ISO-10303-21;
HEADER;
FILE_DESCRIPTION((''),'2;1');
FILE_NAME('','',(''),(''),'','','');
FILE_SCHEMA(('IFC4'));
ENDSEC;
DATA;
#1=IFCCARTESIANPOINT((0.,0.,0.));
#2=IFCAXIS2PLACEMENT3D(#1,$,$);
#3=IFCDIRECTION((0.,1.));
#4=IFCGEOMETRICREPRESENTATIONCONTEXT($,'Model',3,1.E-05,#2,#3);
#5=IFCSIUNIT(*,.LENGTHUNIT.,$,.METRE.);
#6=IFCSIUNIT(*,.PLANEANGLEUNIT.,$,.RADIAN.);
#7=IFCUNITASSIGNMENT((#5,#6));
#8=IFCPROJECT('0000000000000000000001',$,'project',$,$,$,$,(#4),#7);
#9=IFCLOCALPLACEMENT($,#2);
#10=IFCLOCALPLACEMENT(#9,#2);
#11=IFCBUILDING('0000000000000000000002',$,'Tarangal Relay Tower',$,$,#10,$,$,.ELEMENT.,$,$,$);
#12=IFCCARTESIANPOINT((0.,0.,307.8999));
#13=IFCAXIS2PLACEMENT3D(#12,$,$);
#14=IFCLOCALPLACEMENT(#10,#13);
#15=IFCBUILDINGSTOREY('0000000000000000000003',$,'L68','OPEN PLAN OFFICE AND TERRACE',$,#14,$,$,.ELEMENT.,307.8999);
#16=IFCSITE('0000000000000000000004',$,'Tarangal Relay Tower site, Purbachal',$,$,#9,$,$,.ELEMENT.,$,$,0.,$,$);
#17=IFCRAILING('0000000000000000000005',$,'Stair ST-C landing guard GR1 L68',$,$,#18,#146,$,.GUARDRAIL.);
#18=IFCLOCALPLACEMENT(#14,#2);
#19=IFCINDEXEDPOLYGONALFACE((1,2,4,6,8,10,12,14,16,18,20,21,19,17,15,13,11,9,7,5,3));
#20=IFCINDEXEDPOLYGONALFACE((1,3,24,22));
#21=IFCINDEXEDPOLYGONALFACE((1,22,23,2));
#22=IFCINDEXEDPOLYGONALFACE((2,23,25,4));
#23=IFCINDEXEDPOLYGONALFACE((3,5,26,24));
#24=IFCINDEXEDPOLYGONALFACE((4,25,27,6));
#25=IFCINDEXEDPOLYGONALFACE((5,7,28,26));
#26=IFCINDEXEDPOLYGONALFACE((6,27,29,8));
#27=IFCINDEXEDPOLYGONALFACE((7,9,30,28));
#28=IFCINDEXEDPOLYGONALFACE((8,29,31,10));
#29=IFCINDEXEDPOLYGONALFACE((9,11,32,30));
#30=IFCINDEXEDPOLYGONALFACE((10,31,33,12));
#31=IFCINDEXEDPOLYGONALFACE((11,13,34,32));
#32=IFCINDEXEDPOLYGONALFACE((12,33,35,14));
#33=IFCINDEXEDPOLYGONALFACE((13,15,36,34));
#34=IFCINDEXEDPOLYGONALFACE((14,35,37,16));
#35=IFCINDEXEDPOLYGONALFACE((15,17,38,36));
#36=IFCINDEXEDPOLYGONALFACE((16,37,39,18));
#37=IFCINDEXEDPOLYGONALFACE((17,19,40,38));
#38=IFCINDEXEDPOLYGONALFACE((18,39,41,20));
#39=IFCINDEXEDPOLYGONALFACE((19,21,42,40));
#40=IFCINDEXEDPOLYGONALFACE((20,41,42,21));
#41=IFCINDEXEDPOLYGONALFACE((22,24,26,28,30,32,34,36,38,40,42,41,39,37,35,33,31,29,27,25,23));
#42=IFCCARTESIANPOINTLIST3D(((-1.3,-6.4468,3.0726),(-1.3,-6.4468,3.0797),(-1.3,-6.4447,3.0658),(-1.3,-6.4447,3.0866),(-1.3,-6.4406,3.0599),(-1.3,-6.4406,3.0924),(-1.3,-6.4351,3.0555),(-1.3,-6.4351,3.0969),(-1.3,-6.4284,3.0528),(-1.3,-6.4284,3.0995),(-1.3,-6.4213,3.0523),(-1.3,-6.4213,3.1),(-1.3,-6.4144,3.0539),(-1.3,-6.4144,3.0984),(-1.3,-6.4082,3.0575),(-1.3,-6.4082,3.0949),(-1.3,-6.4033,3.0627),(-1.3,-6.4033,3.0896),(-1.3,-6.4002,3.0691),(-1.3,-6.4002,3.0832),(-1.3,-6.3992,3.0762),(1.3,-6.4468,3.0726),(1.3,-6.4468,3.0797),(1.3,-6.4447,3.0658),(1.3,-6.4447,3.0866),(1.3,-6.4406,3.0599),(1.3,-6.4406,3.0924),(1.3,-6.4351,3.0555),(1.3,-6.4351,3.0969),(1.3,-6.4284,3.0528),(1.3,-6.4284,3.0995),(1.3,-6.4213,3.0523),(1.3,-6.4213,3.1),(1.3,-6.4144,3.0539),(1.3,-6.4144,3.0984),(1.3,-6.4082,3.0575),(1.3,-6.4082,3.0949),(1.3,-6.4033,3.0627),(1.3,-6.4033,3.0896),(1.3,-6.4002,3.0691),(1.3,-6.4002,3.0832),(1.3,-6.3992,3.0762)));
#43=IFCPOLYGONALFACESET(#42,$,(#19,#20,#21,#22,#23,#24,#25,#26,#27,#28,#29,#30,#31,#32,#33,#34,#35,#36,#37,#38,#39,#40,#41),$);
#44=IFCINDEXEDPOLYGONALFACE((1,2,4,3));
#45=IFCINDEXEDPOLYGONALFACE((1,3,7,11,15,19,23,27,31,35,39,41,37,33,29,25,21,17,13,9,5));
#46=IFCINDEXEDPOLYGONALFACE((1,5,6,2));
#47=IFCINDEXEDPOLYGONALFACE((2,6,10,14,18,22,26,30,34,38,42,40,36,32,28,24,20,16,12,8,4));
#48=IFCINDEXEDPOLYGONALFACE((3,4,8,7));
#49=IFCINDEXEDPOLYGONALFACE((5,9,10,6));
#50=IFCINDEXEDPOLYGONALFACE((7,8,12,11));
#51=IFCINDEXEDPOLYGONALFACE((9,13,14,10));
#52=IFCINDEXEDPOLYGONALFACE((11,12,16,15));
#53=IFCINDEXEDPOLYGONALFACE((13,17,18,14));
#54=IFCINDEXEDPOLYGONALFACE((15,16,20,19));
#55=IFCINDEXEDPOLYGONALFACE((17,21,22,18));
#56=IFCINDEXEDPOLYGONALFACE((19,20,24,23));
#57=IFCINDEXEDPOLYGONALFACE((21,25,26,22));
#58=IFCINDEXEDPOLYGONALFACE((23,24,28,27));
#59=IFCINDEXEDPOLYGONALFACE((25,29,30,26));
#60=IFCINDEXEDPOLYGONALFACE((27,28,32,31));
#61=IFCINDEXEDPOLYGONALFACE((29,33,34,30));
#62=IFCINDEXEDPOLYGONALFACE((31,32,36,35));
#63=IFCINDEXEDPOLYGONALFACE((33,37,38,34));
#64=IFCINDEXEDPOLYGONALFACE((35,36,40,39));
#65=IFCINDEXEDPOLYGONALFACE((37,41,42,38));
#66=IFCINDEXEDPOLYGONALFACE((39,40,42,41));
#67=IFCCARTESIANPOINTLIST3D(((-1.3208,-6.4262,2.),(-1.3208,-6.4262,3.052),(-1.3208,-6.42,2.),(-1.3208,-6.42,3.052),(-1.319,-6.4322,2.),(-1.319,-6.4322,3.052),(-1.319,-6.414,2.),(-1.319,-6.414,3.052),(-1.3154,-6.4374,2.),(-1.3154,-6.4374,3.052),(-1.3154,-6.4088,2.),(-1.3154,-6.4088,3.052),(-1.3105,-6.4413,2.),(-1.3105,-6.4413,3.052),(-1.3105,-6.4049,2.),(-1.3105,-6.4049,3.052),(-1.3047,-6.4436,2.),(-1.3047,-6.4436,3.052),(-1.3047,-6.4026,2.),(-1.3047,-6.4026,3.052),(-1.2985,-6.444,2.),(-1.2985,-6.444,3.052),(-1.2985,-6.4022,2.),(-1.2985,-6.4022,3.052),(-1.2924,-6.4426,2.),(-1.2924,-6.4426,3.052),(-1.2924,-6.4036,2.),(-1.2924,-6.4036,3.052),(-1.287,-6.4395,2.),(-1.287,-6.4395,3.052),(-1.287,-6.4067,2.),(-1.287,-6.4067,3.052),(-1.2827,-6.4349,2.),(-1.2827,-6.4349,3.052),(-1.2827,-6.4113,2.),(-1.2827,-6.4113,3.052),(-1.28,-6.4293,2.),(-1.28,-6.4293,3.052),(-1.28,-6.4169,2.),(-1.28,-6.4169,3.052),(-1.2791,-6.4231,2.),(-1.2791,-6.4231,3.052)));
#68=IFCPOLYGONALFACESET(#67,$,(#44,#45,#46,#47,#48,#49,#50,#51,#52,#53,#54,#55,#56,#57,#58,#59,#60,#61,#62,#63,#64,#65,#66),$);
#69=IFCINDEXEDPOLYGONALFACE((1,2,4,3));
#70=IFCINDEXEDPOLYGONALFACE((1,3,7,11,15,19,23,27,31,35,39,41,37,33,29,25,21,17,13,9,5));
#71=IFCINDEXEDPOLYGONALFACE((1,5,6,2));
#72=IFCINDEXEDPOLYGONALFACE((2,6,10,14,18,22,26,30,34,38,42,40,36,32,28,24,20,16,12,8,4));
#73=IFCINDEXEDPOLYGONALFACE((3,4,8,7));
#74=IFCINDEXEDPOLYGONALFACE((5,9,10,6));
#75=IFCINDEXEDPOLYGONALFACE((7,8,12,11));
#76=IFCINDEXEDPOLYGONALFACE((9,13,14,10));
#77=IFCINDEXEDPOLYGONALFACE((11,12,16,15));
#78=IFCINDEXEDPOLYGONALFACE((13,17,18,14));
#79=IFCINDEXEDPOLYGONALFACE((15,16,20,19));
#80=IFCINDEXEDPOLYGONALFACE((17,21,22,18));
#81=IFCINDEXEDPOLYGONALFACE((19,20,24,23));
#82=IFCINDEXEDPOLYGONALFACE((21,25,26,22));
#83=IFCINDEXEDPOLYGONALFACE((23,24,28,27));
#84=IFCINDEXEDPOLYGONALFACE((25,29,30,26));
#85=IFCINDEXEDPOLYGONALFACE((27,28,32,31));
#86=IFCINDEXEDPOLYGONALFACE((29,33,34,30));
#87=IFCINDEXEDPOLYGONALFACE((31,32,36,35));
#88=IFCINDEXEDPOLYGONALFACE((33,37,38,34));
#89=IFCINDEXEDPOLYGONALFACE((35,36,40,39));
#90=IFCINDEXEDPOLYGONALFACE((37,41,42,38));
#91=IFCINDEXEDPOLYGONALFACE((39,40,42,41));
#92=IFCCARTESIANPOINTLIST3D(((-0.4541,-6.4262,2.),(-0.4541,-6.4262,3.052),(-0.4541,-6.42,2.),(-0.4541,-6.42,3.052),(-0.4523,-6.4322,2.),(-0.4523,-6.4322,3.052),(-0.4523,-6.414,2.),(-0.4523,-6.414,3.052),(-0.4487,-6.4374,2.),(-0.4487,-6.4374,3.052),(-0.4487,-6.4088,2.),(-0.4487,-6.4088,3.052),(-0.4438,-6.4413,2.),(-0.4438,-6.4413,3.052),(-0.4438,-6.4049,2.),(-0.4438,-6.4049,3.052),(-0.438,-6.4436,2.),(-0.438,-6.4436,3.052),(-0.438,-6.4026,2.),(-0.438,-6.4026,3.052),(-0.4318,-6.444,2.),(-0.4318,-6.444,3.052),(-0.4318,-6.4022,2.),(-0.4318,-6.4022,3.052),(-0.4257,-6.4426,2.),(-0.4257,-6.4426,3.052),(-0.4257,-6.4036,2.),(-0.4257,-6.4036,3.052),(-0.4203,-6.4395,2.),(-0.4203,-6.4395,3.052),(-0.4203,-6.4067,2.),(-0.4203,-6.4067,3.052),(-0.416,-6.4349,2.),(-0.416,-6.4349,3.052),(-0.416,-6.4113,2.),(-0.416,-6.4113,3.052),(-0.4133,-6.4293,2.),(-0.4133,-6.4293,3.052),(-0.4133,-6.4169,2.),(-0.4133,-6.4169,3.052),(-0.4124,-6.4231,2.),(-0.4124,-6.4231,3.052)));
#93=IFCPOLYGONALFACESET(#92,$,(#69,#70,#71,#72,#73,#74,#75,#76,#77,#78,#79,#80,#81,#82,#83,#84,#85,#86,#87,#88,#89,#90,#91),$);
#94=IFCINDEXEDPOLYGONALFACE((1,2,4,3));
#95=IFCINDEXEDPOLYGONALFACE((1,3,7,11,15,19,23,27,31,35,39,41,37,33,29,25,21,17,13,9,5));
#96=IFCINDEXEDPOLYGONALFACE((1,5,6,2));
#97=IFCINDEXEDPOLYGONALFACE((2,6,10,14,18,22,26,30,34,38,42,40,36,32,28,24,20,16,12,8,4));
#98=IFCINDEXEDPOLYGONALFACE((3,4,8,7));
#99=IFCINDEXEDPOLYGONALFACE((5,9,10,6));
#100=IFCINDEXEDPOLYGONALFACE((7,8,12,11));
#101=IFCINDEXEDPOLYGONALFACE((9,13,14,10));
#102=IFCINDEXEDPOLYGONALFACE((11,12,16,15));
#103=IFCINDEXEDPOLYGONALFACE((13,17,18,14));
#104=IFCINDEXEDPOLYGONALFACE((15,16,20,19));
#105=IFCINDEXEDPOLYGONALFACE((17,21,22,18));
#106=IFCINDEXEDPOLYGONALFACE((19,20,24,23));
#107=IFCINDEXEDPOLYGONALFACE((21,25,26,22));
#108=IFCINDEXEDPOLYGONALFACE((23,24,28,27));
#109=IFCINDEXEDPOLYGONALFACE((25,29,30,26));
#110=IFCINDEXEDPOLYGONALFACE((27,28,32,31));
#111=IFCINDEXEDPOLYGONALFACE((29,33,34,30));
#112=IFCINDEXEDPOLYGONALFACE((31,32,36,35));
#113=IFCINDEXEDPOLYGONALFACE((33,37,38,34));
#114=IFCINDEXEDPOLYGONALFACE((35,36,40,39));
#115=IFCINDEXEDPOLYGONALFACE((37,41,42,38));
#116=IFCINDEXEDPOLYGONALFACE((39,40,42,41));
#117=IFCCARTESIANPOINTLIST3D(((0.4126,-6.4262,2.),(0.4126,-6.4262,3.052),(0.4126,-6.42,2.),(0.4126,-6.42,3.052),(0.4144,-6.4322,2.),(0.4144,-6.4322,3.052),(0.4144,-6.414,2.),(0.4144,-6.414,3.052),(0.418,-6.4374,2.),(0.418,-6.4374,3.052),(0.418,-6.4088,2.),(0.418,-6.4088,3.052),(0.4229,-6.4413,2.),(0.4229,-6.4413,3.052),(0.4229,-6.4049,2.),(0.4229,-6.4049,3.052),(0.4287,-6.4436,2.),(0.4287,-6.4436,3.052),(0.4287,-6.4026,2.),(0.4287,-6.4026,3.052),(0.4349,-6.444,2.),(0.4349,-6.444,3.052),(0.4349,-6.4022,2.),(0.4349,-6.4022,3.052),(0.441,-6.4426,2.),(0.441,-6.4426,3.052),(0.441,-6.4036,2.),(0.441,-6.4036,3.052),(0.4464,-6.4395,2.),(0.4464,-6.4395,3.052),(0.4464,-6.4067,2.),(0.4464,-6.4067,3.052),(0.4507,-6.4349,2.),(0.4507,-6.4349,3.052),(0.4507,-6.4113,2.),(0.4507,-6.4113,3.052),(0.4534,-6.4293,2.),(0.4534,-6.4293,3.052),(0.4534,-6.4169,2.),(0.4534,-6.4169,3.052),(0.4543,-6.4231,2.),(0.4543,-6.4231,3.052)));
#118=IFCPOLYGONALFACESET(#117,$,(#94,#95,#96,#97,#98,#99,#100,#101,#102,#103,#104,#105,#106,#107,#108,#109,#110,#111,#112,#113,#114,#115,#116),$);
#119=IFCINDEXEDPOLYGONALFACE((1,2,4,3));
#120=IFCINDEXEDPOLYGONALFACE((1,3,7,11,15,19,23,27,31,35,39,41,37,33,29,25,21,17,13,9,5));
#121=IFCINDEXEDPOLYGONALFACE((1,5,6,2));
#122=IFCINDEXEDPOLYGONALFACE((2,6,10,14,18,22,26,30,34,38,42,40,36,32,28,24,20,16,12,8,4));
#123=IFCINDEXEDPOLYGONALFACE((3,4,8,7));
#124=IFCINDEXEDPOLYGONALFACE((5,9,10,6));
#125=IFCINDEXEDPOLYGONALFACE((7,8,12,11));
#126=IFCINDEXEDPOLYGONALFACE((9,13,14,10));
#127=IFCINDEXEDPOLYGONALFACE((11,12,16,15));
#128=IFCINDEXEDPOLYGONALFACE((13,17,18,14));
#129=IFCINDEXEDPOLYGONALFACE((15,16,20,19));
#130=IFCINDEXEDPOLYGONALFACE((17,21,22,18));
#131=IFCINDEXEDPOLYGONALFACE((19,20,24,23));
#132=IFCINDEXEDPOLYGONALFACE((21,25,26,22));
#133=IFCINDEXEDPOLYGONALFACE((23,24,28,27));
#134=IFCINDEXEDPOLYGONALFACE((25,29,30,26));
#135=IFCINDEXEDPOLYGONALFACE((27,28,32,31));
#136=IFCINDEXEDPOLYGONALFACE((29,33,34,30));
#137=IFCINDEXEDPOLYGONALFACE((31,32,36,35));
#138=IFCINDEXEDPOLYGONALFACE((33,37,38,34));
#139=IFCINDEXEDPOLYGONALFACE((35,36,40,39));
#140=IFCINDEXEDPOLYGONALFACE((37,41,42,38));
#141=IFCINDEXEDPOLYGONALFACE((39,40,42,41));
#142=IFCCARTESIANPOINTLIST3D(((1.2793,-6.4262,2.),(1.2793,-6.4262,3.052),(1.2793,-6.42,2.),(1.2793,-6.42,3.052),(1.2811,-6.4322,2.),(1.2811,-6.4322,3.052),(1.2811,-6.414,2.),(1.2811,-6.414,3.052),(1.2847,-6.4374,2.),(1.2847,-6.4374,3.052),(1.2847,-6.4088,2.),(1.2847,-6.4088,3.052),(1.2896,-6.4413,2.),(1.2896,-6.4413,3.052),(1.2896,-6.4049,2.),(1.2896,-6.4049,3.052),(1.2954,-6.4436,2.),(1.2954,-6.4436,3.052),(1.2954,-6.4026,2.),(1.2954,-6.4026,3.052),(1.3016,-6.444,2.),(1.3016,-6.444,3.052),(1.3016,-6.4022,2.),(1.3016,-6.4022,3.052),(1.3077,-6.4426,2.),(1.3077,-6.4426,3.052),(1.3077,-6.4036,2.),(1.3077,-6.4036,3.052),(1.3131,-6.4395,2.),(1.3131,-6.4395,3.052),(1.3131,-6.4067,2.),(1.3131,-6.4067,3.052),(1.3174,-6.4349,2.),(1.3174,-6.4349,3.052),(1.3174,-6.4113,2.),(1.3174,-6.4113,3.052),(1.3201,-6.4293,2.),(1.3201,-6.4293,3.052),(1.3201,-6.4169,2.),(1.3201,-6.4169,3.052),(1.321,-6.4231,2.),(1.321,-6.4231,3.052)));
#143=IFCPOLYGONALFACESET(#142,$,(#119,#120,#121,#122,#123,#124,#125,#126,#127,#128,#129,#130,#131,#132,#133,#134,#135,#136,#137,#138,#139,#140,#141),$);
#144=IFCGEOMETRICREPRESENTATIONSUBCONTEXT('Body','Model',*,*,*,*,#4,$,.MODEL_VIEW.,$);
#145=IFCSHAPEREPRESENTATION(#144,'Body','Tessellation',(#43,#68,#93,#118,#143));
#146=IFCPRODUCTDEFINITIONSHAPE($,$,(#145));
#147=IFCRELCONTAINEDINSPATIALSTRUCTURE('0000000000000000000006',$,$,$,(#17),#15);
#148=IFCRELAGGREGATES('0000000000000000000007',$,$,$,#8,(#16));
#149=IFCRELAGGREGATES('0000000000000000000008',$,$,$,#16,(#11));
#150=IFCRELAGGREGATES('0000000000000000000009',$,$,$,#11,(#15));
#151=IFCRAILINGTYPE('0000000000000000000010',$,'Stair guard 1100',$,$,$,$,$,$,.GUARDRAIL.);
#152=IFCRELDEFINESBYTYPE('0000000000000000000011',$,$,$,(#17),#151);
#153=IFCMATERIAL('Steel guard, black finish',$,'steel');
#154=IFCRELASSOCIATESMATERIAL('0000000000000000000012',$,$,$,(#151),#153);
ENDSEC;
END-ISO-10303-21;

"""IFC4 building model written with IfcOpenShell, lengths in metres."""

from ifc_helpers import new_model, si_unit, direction, frame, origin, origin_2d, place, context, subcontext, project, spatial, circle, extrude, material, type_object, element, save


model = new_model("IFC4")

# Units and contexts
model_context = context("Model", 3, precision=1e-05, world=origin(), true_north=direction((0.0, 1.0)))
body_context = subcontext(model_context, "Body", "Model", "MODEL_VIEW")
ifc_project = project(units=[si_unit("LENGTHUNIT", "METRE"), si_unit("PLANEANGLEUNIT", "RADIAN")], contexts=[model_context])

# Site, building, storey
site_placement = place(None, origin())
site = spatial("IfcSite", under=ifc_project, at=site_placement, Name="Tarangal Relay Tower site, Purbachal", CompositionType="ELEMENT", RefElevation=0.0)
building_placement = place(site_placement, origin())
building = spatial("IfcBuilding", under=site, at=building_placement, Name="Tarangal Relay Tower", CompositionType="ELEMENT")
storey_placement = place(building_placement, frame((0.0, 0.0, 307.8999)))
storey = spatial("IfcBuildingStorey", under=building, at=storey_placement, Name="L68", Description="OPEN PLAN OFFICE AND TERRACE", CompositionType="ELEMENT", Elevation=307.8999)

# Railing
ifc_material_1 = material(Name="Steel guard, black finish", Category="steel")
railing_type = type_object("IfcRailingType", Name="Stair guard 1100", PredefinedType="GUARDRAIL", material=ifc_material_1)
railing_1_placement = place(storey_placement, frame((-1.3, -6.4231, 2.0)))
element("IfcRailing", 1, at=railing_1_placement, inside=storey, type_object=railing_type, Name="Stair ST-C landing guard GR1 L68", PredefinedType="GUARDRAIL", context=body_context, shape_type="SweptSolid", body=[
    extrude(circle(Radius=0.0239, at=origin_2d()), frame((0.0, 0.0, 1.0762), z_axis=(1.0, 0.0, 0.0), x_axis=(0.0, 1.0, 0.0)), (0.0, 0.0, 1.0), 2.6001),
    extrude(circle(Radius=0.021, at=origin_2d()), origin(), (0.0, 0.0, 1.0), 1.052),
    extrude(circle(Radius=0.021, at=origin_2d()), frame((0.8667, 0.0, 0.0)), (0.0, 0.0, 1.0), 1.052),
    extrude(circle(Radius=0.021, at=origin_2d()), frame((1.7334, 0.0, 0.0)), (0.0, 0.0, 1.0), 1.052),
    extrude(circle(Radius=0.021, at=origin_2d()), frame((2.6001, 0.0, 0.0)), (0.0, 0.0, 1.0), 1.052),
])

save(model, "model.ifc")
